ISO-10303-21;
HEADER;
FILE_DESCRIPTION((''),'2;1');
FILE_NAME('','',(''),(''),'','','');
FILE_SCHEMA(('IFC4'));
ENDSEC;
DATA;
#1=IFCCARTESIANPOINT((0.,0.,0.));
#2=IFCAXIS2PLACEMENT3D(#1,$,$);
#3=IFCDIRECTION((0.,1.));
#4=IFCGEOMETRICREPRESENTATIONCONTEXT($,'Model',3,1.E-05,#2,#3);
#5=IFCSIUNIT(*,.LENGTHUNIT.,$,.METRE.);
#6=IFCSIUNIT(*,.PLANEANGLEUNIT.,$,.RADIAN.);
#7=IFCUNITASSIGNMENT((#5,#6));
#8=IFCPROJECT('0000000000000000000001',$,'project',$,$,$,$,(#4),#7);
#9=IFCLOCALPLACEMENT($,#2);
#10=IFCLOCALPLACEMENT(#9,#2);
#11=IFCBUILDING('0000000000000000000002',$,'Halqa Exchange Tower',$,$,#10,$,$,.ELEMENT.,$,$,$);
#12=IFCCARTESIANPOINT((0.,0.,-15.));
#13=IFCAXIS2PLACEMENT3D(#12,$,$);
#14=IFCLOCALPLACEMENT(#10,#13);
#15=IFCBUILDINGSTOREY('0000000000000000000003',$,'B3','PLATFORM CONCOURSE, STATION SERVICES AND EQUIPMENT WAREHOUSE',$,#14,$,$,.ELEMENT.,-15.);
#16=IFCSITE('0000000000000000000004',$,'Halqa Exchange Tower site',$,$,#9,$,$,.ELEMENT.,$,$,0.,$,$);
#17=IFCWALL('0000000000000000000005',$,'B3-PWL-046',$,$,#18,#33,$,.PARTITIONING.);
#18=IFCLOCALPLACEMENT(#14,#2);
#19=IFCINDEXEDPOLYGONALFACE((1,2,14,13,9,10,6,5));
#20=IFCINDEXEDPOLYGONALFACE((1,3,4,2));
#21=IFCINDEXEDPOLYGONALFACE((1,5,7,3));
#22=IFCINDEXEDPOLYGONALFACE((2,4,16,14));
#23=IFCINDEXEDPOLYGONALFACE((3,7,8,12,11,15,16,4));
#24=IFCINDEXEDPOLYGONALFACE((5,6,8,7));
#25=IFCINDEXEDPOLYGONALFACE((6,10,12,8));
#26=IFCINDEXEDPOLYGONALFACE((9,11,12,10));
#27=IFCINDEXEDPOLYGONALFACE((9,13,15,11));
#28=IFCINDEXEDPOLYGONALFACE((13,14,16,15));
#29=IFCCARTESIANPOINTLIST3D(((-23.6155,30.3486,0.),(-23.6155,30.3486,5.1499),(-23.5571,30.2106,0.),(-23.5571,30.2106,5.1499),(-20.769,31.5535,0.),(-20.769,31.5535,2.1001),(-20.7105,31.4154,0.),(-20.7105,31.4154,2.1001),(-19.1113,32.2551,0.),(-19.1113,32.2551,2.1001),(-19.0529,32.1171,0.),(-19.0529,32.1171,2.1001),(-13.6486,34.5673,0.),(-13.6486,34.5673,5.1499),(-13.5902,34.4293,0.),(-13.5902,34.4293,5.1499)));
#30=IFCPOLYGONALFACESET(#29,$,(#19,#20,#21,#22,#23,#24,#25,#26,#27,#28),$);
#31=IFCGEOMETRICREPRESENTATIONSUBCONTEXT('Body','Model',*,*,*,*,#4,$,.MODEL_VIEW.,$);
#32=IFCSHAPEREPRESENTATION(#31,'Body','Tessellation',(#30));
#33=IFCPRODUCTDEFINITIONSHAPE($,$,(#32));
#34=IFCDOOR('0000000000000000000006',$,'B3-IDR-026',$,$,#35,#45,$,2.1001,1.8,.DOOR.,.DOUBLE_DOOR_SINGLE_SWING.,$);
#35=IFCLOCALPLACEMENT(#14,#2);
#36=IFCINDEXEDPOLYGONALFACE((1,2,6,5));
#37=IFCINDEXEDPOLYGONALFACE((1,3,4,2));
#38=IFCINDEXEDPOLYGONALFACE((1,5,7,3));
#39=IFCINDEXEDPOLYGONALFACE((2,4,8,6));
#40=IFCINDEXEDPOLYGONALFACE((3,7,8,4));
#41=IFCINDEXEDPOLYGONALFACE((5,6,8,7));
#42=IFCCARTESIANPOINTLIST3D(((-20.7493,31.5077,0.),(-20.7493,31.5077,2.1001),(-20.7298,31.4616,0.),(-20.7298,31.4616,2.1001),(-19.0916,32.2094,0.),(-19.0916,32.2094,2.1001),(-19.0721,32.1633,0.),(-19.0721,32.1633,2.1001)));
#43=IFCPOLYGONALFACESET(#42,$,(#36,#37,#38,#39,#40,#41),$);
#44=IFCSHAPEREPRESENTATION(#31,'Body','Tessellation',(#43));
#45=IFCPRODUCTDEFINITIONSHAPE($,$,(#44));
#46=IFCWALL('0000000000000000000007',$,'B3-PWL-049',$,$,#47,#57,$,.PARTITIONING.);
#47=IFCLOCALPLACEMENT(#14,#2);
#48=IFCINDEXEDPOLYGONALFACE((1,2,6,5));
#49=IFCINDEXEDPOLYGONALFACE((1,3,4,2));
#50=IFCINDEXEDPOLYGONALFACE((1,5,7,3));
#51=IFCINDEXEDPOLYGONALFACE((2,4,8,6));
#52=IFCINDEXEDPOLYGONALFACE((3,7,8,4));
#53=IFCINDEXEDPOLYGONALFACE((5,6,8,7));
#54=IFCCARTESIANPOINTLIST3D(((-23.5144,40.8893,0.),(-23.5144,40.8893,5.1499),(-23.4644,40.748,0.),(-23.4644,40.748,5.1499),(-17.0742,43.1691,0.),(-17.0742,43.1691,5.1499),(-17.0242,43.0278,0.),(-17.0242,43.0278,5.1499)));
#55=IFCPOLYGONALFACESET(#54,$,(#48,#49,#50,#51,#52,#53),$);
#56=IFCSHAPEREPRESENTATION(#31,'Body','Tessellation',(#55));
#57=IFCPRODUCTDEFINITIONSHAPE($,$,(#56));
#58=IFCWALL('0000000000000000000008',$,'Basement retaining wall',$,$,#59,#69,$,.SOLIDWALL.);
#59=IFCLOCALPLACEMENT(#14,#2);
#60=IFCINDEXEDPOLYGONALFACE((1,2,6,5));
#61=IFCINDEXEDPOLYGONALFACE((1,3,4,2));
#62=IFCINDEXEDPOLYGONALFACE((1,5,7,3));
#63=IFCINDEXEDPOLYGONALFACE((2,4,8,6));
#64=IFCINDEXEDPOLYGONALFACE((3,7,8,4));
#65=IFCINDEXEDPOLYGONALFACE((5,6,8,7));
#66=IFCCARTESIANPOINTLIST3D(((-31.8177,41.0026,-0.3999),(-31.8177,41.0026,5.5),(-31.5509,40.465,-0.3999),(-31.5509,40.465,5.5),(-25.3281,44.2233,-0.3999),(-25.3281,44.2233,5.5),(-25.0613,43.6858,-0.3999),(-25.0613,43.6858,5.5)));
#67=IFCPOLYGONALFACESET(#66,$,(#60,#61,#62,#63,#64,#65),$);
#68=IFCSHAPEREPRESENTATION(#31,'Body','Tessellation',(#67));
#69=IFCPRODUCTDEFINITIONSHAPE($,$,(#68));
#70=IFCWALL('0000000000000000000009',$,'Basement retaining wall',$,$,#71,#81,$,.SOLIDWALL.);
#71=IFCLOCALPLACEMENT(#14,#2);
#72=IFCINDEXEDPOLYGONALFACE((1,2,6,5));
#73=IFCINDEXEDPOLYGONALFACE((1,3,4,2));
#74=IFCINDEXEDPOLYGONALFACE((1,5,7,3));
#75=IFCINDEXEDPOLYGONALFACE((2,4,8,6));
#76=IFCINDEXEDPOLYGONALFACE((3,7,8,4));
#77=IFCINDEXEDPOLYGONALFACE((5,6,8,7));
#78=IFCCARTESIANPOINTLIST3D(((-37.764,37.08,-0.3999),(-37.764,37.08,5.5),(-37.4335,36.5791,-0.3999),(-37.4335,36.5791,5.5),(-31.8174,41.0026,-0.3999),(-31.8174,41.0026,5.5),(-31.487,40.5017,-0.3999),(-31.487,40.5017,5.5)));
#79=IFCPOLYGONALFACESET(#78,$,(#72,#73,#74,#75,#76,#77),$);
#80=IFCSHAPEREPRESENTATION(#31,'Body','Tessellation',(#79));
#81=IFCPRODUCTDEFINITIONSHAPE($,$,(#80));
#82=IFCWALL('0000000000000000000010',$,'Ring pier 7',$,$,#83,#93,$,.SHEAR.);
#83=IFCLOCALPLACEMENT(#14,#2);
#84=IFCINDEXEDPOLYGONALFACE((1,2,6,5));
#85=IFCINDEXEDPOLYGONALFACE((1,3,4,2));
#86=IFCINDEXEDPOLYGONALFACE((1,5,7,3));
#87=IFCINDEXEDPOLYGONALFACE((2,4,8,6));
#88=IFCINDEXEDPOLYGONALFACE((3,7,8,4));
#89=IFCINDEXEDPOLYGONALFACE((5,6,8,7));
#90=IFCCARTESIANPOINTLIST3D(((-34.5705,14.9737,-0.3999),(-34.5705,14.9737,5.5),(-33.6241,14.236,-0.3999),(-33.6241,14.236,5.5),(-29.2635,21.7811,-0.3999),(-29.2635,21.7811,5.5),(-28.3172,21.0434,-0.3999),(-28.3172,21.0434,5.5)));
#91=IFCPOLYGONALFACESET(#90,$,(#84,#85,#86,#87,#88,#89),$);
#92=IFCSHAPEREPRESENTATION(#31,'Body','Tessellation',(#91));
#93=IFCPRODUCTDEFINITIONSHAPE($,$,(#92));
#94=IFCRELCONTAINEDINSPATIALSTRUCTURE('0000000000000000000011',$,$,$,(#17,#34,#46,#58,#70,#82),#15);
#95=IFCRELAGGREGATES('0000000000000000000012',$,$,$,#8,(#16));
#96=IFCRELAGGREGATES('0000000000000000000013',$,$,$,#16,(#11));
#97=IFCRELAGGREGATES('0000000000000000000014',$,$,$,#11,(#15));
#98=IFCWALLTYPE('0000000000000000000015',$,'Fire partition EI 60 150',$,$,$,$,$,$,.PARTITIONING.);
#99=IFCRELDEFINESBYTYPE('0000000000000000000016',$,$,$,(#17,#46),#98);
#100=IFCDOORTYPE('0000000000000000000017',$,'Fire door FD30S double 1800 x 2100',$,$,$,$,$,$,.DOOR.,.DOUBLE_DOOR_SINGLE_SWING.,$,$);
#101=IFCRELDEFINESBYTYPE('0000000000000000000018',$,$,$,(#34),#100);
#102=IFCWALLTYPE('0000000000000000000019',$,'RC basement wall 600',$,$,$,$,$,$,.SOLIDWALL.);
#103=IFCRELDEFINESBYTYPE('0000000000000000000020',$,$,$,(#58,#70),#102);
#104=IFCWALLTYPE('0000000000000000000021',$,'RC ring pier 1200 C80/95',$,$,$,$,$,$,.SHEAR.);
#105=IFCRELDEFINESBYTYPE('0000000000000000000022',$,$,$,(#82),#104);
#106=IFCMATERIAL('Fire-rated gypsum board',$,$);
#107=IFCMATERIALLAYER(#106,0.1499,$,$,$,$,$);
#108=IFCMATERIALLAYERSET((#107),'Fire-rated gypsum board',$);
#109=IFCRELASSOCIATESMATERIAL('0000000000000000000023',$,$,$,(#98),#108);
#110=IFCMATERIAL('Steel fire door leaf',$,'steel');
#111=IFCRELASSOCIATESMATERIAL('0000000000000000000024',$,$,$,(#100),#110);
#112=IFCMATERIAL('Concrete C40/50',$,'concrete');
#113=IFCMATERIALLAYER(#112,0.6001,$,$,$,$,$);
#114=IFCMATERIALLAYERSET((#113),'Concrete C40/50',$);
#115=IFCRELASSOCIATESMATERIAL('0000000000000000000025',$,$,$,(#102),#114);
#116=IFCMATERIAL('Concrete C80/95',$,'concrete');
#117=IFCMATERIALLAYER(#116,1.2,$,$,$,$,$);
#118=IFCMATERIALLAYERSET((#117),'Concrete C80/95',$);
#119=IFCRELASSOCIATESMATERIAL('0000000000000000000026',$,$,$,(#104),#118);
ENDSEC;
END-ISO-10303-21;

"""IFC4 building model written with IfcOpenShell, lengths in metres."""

from ifc_helpers import new_model, si_unit, direction, frame, frame_2d, origin, place, context, subcontext, project, spatial, rectangle, extrude, material, layer, layer_set, type_object, element, fill, save


model = new_model("IFC4")

# Units and contexts
model_context = context("Model", 3, precision=1e-05, world=origin(), true_north=direction((0.0, 1.0)))
body_context = subcontext(model_context, "Body", "Model", "MODEL_VIEW")
ifc_project = project(units=[si_unit("LENGTHUNIT", "METRE"), si_unit("PLANEANGLEUNIT", "RADIAN")], contexts=[model_context])

# Site, building, storey
site_placement = place(None, origin())
site = spatial("IfcSite", under=ifc_project, at=site_placement, Name="Halqa Exchange Tower site", CompositionType="ELEMENT", RefElevation=0.0)
building_placement = place(site_placement, origin())
building = spatial("IfcBuilding", under=site, at=building_placement, Name="Halqa Exchange Tower", CompositionType="ELEMENT")
storey_placement = place(building_placement, frame((0.0, 0.0, -15.0)))
storey = spatial("IfcBuildingStorey", under=building, at=storey_placement, Name="B3", Description="PLATFORM CONCOURSE, STATION SERVICES AND EQUIPMENT WAREHOUSE", CompositionType="ELEMENT", Elevation=-15.0)

# Shared definitions
ifc_material_1 = material(Name="Concrete C40/50", Category="concrete")

# Shared definitions
ifc_material_2 = material(Name="Fire-rated gypsum board")
ifc_layer_1 = layer(ifc_material_2, 0.1499)
ifc_layer_set_1 = layer_set([ifc_layer_1], Name="Fire-rated gypsum board")
wall_type_1 = type_object("IfcWallType", Name="Fire partition EI 60 150", PredefinedType="PARTITIONING", material=ifc_layer_set_1)

# Wall, opening, door
wall_1_placement = place(storey_placement, frame((-23.5864, 30.2795, 0.0), z_axis=(0.0, 0.0, 1.0), x_axis=(0.920903, 0.389791, 0.0)))
wall_1 = element("IfcWall", 1, at=wall_1_placement, inside=storey, type_object=wall_type_1, Name="B3-PWL-046", PredefinedType="PARTITIONING", context=body_context, shape_type="SweptSolid", body=[
    extrude(rectangle(XDim=10.823, YDim=0.1499, at=frame_2d((5.4116, 0.0))), origin(), (0.0, 0.0, 1.0), 5.1499),
])
opening_placement = place(wall_1_placement, frame((3.0913, 0.0, 0.0)))
opening = element("IfcOpeningElement", 2, at=opening_placement, cuts=wall_1, PredefinedType="OPENING", context=body_context, shape_type="SweptSolid", body=[
    extrude(rectangle(XDim=1.8, YDim=2.1001, at=frame_2d((0.8999, 1.05))), frame((0.0, 0.0869, 0.0), z_axis=(0.0, -1.0, 0.0), x_axis=(1.0, 0.0, 0.0)), (0.0, 0.0, 1.0), 0.1738),
])
ifc_material_3 = material(Name="Steel fire door leaf", Category="steel")
door_type = type_object("IfcDoorType", Name="Fire door FD30S double 1800 x 2100", OperationType="DOUBLE_DOOR_SINGLE_SWING", PredefinedType="DOOR", material=ifc_material_3)
door_placement = place(opening_placement, frame((1.8, 0.0, 0.0), z_axis=(0.0, 0.0, 1.0), x_axis=(-1.0, 0.0, 0.0)))
door = element("IfcDoor", 3, at=door_placement, inside=storey, type_object=door_type, Name="B3-IDR-026", OperationType="DOUBLE_DOOR_SINGLE_SWING", OverallHeight=2.1001, OverallWidth=1.8, PredefinedType="DOOR", context=body_context, shape_type="SweptSolid", body=[
    extrude(rectangle(XDim=1.8, YDim=2.1001, at=frame_2d((0.8999, 1.05))), frame((0.0, 0.0249, 0.0), z_axis=(0.0, -1.0, 0.0), x_axis=(1.0, 0.0, 0.0)), (0.0, 0.0, 1.0), 0.05),
])
fill(opening, door)

# Walls
wall_2_placement = place(storey_placement, frame((-23.4895, 40.8186, 0.0), z_axis=(0.0, 0.0, 1.0), x_axis=(0.942679, 0.333702, 0.0)))
element("IfcWall", 4, at=wall_2_placement, inside=storey, type_object=wall_type_1, Name="B3-PWL-049", PredefinedType="PARTITIONING", context=body_context, shape_type="SweptSolid", body=[
    extrude(rectangle(XDim=6.8318, YDim=0.1499, at=frame_2d((3.416, 0.0))), origin(), (0.0, 0.0, 1.0), 5.1499),
])
ifc_layer_2 = layer(ifc_material_1, 0.6001)
ifc_layer_set_2 = layer_set([ifc_layer_2], Name="Concrete C40/50")
wall_type_2 = type_object("IfcWallType", Name="RC basement wall 600", PredefinedType="SOLIDWALL", material=ifc_layer_set_2)
wall_3_placement = place(storey_placement, frame((-25.1946, 43.9546, -0.3999), z_axis=(0.0, 0.0, 1.0), x_axis=(-0.895751, -0.444556, 0.0)))
element("IfcWall", 5, at=wall_3_placement, inside=storey, type_object=wall_type_2, Name="Basement retaining wall", PredefinedType="SOLIDWALL", context=body_context, shape_type="SweptSolid", body=[
    extrude(rectangle(XDim=7.2449, YDim=0.6001, at=frame_2d((3.6226, 0.0))), origin(), (0.0, 0.0, 1.0), 5.8999),
])
wall_4_placement = place(storey_placement, frame((-31.6521, 40.7522, -0.3999), z_axis=(0.0, 0.0, 1.0), x_axis=(-0.834745, -0.550636, 0.0)))
element("IfcWall", 6, at=wall_4_placement, inside=storey, type_object=wall_type_2, Name="Basement retaining wall", PredefinedType="SOLIDWALL", context=body_context, shape_type="SweptSolid", body=[
    extrude(rectangle(XDim=7.1238, YDim=0.6001, at=frame_2d((3.562, 0.0))), origin(), (0.0, 0.0, 1.0), 5.8999),
])
ifc_material_4 = material(Name="Concrete C80/95", Category="concrete")
ifc_layer_3 = layer(ifc_material_4, 1.2)
ifc_layer_set_3 = layer_set([ifc_layer_3], Name="Concrete C80/95")
wall_type_3 = type_object("IfcWallType", Name="RC ring pier 1200 C80/95", PredefinedType="SHEAR", material=ifc_layer_set_3)
wall_5_placement = place(storey_placement, frame((-28.7903, 21.4124, -0.3999), z_axis=(0.0, 0.0, 1.0), x_axis=(-0.614825, -0.788663, 0.0)))
element("IfcWall", 7, at=wall_5_placement, inside=storey, type_object=wall_type_3, Name="Ring pier 7", PredefinedType="SHEAR", context=body_context, shape_type="SweptSolid", body=[
    extrude(rectangle(XDim=8.6316, YDim=1.2, at=frame_2d((4.3159, 0.0))), origin(), (0.0, 0.0, 1.0), 5.8999),
])

save(model, "model.ifc")
